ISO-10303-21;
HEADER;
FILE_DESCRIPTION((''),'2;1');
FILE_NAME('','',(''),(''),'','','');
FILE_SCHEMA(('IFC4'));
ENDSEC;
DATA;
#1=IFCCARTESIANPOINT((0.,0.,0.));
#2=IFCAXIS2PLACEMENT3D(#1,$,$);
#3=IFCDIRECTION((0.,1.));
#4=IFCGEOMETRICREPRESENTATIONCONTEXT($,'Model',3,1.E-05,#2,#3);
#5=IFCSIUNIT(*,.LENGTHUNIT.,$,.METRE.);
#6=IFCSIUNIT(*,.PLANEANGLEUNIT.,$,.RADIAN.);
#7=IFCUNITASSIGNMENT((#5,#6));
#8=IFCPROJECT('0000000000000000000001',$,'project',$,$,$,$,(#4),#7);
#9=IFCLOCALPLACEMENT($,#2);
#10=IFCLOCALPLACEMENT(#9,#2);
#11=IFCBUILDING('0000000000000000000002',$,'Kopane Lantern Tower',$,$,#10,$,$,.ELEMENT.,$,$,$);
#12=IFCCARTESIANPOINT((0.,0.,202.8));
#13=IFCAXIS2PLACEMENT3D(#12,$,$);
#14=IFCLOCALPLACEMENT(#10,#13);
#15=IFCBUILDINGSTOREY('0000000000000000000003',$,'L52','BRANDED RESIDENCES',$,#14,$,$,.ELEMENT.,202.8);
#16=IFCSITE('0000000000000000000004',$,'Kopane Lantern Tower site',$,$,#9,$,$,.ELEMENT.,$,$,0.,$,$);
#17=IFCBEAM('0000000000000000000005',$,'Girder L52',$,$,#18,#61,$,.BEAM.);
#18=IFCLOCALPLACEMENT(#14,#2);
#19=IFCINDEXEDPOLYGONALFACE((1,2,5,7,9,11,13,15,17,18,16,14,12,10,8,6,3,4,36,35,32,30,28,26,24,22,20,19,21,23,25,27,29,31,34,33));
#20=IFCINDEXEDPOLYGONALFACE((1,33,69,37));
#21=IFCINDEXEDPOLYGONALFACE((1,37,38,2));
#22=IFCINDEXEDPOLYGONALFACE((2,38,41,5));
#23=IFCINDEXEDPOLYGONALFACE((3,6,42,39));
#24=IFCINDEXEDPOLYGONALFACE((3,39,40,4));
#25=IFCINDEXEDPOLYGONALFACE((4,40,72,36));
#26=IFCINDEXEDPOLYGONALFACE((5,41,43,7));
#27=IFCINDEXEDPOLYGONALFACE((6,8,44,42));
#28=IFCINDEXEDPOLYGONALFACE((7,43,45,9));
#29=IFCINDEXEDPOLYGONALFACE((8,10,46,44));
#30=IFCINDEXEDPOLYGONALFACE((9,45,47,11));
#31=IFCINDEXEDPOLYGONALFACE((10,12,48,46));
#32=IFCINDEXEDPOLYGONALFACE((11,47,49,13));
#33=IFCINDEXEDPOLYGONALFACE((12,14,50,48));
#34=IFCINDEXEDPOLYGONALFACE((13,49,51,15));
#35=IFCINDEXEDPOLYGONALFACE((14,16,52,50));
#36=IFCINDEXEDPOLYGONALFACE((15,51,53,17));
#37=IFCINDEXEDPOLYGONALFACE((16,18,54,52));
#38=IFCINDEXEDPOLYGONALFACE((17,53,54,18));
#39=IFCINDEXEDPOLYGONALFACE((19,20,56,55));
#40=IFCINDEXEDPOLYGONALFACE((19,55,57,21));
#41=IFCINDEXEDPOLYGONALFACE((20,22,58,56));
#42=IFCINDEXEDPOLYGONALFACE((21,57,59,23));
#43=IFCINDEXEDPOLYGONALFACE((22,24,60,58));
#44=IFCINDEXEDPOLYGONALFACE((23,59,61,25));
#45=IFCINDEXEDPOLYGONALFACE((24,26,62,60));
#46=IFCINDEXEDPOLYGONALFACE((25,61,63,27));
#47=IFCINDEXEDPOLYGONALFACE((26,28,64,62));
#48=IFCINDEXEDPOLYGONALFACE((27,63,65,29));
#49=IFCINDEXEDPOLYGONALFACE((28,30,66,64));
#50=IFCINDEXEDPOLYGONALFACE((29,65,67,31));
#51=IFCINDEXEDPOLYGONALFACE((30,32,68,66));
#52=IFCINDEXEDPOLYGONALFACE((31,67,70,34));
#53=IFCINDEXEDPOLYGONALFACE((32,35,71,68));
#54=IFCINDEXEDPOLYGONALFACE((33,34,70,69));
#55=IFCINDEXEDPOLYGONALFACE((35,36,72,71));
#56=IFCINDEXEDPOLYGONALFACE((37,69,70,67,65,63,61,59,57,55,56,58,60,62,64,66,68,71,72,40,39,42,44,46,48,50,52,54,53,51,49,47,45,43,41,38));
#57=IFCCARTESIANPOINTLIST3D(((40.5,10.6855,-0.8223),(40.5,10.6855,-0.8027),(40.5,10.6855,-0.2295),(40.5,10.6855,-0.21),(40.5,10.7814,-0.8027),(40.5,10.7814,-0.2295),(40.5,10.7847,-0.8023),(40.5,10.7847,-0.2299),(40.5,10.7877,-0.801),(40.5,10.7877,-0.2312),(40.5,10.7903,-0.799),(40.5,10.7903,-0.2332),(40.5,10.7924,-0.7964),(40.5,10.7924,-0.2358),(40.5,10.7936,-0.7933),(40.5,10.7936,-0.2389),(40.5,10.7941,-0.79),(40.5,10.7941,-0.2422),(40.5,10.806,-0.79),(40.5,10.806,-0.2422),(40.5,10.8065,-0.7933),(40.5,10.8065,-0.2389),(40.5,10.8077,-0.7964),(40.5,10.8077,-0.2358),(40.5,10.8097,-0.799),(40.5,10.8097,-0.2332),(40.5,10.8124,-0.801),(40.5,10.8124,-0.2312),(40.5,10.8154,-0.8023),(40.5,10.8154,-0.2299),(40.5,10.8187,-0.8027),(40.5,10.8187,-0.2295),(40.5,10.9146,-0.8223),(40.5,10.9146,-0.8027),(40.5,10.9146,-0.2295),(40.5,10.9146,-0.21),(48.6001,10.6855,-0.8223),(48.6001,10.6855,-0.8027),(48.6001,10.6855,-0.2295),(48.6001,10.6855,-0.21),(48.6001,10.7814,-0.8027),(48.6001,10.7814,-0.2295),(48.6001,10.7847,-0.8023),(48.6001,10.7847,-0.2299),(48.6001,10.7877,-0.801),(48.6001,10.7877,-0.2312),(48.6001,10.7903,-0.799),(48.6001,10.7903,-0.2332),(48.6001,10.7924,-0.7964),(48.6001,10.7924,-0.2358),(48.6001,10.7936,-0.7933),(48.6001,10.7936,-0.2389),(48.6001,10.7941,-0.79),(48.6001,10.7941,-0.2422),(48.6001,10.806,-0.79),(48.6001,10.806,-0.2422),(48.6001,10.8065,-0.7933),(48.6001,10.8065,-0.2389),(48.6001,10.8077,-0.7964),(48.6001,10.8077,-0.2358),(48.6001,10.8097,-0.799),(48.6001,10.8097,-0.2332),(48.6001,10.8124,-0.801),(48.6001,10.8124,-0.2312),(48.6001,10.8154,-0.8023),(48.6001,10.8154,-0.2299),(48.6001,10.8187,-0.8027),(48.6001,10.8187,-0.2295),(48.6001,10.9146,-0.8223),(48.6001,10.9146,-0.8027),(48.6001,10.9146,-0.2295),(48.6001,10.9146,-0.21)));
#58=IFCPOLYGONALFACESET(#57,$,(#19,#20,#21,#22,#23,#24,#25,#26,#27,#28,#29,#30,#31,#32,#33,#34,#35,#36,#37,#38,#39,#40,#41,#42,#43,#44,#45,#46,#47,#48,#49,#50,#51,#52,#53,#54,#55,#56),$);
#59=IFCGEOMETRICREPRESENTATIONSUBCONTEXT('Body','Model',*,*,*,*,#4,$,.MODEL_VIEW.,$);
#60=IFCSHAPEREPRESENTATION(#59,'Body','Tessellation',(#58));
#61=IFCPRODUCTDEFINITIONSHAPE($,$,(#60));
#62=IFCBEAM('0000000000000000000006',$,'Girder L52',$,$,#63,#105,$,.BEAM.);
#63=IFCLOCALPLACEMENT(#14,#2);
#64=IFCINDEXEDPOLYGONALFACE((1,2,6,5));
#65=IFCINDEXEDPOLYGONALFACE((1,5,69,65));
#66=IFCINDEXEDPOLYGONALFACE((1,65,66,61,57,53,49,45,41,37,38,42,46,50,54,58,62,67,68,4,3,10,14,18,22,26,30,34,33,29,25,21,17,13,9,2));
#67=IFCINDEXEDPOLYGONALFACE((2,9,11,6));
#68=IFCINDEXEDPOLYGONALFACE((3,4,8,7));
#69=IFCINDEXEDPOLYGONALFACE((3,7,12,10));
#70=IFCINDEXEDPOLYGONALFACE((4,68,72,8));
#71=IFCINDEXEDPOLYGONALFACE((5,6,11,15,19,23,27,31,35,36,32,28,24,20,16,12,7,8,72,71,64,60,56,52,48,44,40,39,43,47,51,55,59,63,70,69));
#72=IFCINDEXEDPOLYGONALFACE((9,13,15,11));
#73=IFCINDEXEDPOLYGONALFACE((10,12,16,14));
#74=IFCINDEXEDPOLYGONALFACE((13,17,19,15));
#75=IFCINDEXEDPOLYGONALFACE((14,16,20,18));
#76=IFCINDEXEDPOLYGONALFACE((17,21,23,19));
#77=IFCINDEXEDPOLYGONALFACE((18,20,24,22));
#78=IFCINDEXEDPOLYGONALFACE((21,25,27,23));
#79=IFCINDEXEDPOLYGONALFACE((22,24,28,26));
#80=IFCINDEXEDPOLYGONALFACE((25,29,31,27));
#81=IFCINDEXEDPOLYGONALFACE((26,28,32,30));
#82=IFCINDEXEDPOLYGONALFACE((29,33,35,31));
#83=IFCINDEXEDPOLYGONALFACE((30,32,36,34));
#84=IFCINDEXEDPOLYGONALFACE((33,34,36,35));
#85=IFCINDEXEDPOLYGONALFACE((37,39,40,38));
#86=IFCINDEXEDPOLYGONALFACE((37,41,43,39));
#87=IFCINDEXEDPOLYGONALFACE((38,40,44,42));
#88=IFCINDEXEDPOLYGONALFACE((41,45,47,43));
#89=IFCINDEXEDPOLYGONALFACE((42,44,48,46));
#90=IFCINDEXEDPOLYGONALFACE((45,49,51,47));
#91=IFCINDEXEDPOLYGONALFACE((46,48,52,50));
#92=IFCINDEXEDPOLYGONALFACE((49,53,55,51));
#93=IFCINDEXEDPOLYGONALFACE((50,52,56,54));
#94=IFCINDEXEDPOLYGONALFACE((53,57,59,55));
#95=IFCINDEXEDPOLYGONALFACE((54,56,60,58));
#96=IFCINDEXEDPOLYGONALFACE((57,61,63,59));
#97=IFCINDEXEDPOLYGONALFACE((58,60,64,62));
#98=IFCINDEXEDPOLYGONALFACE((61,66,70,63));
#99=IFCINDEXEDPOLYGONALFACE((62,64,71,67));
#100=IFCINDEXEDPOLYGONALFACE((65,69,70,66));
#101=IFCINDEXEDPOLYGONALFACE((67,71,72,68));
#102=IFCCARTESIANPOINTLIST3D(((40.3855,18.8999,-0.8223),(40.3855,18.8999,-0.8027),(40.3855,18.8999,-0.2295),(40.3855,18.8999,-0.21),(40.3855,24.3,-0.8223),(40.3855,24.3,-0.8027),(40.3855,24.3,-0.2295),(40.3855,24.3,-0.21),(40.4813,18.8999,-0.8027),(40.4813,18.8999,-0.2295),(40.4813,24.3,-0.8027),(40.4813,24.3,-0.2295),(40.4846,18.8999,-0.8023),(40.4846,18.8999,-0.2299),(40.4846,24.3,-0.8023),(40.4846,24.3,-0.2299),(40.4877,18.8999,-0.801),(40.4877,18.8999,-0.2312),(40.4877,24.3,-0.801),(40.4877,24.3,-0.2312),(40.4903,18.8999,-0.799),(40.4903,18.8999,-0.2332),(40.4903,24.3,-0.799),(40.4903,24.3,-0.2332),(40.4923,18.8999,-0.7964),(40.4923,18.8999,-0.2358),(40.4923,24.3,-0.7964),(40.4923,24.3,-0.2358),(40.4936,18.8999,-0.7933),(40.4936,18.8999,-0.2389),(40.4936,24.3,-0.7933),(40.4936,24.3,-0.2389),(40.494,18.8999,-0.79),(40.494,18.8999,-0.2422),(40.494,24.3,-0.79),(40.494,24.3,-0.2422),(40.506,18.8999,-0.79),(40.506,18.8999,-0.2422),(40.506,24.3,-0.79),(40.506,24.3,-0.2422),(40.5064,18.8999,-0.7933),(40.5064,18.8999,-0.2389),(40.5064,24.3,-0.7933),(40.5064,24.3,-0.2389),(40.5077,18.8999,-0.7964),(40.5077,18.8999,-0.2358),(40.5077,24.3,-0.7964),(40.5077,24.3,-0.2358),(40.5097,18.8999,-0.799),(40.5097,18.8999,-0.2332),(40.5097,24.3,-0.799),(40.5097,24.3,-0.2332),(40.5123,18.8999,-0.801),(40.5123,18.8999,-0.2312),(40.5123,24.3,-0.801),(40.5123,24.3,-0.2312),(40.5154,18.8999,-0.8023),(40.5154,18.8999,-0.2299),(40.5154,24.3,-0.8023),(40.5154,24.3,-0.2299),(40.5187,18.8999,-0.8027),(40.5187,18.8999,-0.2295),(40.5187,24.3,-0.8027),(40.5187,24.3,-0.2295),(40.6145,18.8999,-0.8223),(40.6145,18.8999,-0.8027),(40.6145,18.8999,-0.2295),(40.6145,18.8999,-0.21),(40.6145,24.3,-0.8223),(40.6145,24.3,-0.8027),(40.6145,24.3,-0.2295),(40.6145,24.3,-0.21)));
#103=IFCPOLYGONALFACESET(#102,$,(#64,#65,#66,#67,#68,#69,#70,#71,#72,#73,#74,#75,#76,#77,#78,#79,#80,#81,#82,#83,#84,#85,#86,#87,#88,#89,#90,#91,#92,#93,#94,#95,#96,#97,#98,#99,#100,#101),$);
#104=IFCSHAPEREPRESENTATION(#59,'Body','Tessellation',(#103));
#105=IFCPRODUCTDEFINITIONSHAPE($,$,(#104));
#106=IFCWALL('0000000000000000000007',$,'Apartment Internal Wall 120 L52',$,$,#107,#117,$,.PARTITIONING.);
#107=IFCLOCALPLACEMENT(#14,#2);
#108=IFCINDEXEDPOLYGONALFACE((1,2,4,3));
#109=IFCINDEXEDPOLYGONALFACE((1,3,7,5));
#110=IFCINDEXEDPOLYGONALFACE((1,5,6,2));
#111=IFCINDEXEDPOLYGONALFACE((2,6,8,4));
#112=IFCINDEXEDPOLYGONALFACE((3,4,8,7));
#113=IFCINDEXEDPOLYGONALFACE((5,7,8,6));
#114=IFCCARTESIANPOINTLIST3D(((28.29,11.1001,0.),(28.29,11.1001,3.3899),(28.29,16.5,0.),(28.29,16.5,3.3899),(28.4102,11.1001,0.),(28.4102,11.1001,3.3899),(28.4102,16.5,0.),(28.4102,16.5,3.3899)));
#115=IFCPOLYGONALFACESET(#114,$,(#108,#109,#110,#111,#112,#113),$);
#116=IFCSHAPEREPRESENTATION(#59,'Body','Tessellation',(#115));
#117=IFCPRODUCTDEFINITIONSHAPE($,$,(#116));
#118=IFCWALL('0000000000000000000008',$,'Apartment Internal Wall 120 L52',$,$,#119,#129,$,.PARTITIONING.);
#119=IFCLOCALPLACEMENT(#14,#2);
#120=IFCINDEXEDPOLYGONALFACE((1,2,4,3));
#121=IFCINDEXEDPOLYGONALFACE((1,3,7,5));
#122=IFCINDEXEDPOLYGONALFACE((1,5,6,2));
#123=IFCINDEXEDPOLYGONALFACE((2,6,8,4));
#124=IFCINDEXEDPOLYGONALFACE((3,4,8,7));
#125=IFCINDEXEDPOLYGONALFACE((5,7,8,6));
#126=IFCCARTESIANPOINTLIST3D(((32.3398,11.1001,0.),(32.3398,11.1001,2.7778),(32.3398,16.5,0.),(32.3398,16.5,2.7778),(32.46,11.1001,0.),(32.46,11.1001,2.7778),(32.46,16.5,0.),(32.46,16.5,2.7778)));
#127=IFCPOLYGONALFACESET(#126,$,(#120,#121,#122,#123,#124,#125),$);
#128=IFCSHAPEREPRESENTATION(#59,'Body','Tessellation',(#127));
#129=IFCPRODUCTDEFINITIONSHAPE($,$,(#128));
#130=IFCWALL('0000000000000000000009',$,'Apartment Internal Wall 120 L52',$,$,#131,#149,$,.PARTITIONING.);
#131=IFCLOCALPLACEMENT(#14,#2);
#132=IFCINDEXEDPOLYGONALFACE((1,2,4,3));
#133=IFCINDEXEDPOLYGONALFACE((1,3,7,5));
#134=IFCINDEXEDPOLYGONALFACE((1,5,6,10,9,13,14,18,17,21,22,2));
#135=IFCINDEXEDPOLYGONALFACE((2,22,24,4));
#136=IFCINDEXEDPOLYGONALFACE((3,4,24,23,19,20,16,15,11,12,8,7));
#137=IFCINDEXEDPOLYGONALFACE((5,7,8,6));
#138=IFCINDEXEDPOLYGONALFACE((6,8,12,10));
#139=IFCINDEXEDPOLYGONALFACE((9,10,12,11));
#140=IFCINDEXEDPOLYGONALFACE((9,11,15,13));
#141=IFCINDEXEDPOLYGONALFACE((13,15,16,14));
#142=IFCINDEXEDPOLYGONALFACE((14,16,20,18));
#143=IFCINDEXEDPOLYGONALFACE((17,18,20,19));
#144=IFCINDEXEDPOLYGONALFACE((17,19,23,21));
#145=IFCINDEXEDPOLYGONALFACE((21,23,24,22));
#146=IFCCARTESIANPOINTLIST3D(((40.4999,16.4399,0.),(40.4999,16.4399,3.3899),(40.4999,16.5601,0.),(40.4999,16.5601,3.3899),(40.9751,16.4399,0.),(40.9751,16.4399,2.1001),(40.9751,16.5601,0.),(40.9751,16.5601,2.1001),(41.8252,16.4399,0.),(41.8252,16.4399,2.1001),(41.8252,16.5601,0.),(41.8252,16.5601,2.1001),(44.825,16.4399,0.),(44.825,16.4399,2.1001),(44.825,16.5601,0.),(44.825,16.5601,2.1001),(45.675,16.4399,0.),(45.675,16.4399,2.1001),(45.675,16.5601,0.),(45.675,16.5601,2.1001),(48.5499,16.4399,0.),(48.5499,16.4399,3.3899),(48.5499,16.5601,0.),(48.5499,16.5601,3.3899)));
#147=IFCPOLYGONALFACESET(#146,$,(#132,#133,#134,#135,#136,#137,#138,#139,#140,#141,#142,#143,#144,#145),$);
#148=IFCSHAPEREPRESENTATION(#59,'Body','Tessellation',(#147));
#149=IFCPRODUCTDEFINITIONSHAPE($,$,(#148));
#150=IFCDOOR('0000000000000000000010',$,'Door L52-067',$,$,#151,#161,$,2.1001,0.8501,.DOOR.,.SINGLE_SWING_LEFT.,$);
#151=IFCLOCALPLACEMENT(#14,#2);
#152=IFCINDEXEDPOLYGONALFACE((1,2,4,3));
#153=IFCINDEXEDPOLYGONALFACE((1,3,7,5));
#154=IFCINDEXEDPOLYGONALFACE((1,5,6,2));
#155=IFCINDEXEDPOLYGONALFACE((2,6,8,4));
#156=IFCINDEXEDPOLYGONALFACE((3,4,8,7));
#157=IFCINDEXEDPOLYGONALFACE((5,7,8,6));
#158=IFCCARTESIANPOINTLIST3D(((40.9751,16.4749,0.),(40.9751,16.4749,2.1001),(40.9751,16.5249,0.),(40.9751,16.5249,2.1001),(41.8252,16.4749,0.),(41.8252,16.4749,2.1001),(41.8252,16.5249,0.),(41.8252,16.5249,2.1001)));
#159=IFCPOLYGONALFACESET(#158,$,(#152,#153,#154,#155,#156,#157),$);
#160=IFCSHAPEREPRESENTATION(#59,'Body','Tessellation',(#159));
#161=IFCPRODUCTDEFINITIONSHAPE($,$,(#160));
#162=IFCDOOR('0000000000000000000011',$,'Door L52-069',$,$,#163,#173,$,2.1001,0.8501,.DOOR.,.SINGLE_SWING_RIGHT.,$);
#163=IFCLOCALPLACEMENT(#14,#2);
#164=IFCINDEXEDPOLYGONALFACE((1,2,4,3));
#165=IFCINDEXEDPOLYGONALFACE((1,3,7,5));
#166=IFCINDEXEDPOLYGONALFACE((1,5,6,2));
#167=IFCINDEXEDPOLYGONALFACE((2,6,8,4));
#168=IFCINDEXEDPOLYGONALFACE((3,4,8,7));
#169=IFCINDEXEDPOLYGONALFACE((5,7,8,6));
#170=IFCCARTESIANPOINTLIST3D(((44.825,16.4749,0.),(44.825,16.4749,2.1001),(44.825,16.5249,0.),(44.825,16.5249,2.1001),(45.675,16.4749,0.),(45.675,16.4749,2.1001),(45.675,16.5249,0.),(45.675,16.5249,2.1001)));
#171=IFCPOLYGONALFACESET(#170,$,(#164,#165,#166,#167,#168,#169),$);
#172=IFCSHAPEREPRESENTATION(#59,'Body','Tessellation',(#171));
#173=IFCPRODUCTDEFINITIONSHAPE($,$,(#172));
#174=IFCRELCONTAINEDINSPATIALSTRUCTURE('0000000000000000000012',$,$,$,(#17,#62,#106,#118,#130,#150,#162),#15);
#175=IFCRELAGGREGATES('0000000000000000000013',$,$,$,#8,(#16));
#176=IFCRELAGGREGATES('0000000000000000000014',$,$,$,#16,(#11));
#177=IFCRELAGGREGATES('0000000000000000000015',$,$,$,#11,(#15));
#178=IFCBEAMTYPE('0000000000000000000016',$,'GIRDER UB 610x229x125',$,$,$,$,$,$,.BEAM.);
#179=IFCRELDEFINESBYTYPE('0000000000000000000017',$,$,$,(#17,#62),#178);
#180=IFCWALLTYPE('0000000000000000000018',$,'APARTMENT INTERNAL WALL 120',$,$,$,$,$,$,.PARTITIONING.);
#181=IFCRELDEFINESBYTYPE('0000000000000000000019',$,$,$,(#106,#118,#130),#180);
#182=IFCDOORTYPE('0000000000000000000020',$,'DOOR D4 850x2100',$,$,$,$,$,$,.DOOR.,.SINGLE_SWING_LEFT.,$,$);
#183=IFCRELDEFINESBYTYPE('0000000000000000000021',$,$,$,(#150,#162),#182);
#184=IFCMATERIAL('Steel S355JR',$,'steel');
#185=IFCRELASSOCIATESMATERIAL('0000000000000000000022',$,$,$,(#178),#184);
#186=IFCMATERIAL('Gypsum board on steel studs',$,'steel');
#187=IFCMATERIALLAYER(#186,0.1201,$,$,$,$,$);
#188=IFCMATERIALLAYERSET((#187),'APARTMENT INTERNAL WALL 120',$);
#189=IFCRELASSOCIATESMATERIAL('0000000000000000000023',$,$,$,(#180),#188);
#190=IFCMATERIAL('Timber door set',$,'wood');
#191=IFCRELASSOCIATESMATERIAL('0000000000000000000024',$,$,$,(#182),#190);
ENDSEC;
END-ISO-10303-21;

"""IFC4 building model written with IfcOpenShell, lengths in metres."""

from ifc_helpers import new_model, si_unit, direction, frame, frame_2d, origin, origin_2d, place, context, subcontext, project, spatial, rectangle, i_section, extrude, material, layer, layer_set, material_profile, profile_set, type_object, element, fill, save


model = new_model("IFC4")

# Units and contexts
model_context = context("Model", 3, precision=1e-05, world=origin(), true_north=direction((0.0, 1.0)))
body_context = subcontext(model_context, "Body", "Model", "MODEL_VIEW")
ifc_project = project(units=[si_unit("LENGTHUNIT", "METRE"), si_unit("PLANEANGLEUNIT", "RADIAN")], contexts=[model_context])

# Site, building, storey
site_placement = place(None, origin())
site = spatial("IfcSite", under=ifc_project, at=site_placement, Name="Kopane Lantern Tower site", CompositionType="ELEMENT", RefElevation=0.0)
building_placement = place(site_placement, origin())
building = spatial("IfcBuilding", under=site, at=building_placement, Name="Kopane Lantern Tower", CompositionType="ELEMENT")
storey_placement = place(building_placement, frame((0.0, 0.0, 202.8)))
storey = spatial("IfcBuildingStorey", under=building, at=storey_placement, Name="L52", Description="BRANDED RESIDENCES", CompositionType="ELEMENT", Elevation=202.8)

# Beams
ifc_material_1 = material(Name="Steel S355JR", Category="steel")
ifc_material_profile_1 = material_profile(ifc_material_1, i_section(OverallWidth=0.229, OverallDepth=0.6123, WebThickness=0.012, FlangeThickness=0.0195, FilletRadius=0.0127, at=origin_2d()), Name="UB 610x229x125")
ifc_profile_set_1 = profile_set([ifc_material_profile_1], Name="Steel S355JR")
beam_type = type_object("IfcBeamType", Name="GIRDER UB 610x229x125", PredefinedType="BEAM", material=ifc_profile_set_1)
beam_1_placement = place(storey_placement, frame((40.5, 10.8, -0.5161), z_axis=(1.0, 0.0, 0.0), x_axis=(0.0, 1.0, 0.0)))
element("IfcBeam", 1, at=beam_1_placement, inside=storey, type_object=beam_type, Name="Girder L52", PredefinedType="BEAM", context=body_context, shape_type="SweptSolid", body=[
    extrude(i_section(OverallWidth=0.229, OverallDepth=0.6123, WebThickness=0.012, FlangeThickness=0.0195, FilletRadius=0.0127, at=origin_2d()), origin(), (0.0, 0.0, 1.0), 8.1001),
])
beam_2_placement = place(storey_placement, frame((40.5, 18.8999, -0.5161), z_axis=(0.0, 1.0, 0.0), x_axis=(-1.0, 0.0, 0.0)))
element("IfcBeam", 2, at=beam_2_placement, inside=storey, type_object=beam_type, Name="Girder L52", PredefinedType="BEAM", context=body_context, shape_type="SweptSolid", body=[
    extrude(i_section(OverallWidth=0.229, OverallDepth=0.6123, WebThickness=0.012, FlangeThickness=0.0195, FilletRadius=0.0127, at=origin_2d()), origin(), (0.0, 0.0, 1.0), 5.4001),
])

# Walls
ifc_material_2 = material(Name="Gypsum board on steel studs", Category="steel")
ifc_layer_1 = layer(ifc_material_2, 0.1201)
ifc_layer_set_1 = layer_set([ifc_layer_1], Name="APARTMENT INTERNAL WALL 120")
wall_type_1 = type_object("IfcWallType", Name="APARTMENT INTERNAL WALL 120", PredefinedType="PARTITIONING", material=ifc_layer_set_1)
wall_1_placement = place(storey_placement, frame((28.3501, 16.5, 0.0), z_axis=(0.0, 0.0, 1.0), x_axis=(0.0, -1.0, 0.0)))
element("IfcWall", 3, at=wall_1_placement, inside=storey, type_object=wall_type_1, Name="Apartment Internal Wall 120 L52", PredefinedType="PARTITIONING", context=body_context, shape_type="SweptSolid", body=[
    extrude(rectangle(XDim=5.3999, YDim=0.1201, at=frame_2d((2.7, 0.0))), origin(), (0.0, 0.0, 1.0), 3.3899),
])
wall_2_placement = place(storey_placement, frame((32.3999, 16.5, 0.0), z_axis=(0.0, 0.0, 1.0), x_axis=(0.0, -1.0, 0.0)))
element("IfcWall", 4, at=wall_2_placement, inside=storey, type_object=wall_type_1, Name="Apartment Internal Wall 120 L52", PredefinedType="PARTITIONING", context=body_context, shape_type="SweptSolid", body=[
    extrude(rectangle(XDim=5.3999, YDim=0.1201, at=frame_2d((2.7, 0.0))), origin(), (0.0, 0.0, 1.0), 2.7778),
])

# Wall, openings, doors
wall_3_placement = place(storey_placement, frame((40.5, 16.5, 0.0), z_axis=(0.0, 0.0, 1.0), x_axis=(1.0, 0.0, 0.0)))
wall_3 = element("IfcWall", 5, at=wall_3_placement, inside=storey, type_object=wall_type_1, Name="Apartment Internal Wall 120 L52", PredefinedType="PARTITIONING", context=body_context, shape_type="SweptSolid", body=[
    extrude(rectangle(XDim=8.05, YDim=0.1201, at=frame_2d((4.0249, 0.0))), origin(), (0.0, 0.0, 1.0), 3.3899),
])
opening_1_placement = place(wall_3_placement, frame((0.4751, 0.0, 0.0)))
opening_1 = element("IfcOpeningElement", 6, at=opening_1_placement, cuts=wall_3, PredefinedType="OPENING", context=body_context, shape_type="SweptSolid", body=[
    extrude(rectangle(XDim=0.8501, YDim=2.1001, at=frame_2d((0.425, 1.05))), frame((0.0, 0.0701, 0.0), z_axis=(0.0, -1.0, 0.0), x_axis=(1.0, 0.0, 0.0)), (0.0, 0.0, 1.0), 0.1401),
])
opening_2_placement = place(wall_3_placement, frame((4.325, 0.0, 0.0)))
opening_2 = element("IfcOpeningElement", 7, at=opening_2_placement, cuts=wall_3, PredefinedType="OPENING", context=body_context, shape_type="SweptSolid", body=[
    extrude(rectangle(XDim=0.8501, YDim=2.1001, at=frame_2d((0.425, 1.05))), frame((0.0, 0.0701, 0.0), z_axis=(0.0, -1.0, 0.0), x_axis=(1.0, 0.0, 0.0)), (0.0, 0.0, 1.0), 0.1401),
])
ifc_material_3 = material(Name="Timber door set", Category="wood")
door_type_1 = type_object("IfcDoorType", Name="DOOR D4 850x2100", OperationType="SINGLE_SWING_LEFT", PredefinedType="DOOR", material=ifc_material_3)
door_1_placement = place(opening_1_placement, origin())
door_1 = element("IfcDoor", 8, at=door_1_placement, inside=storey, type_object=door_type_1, Name="Door L52-067", OperationType="SINGLE_SWING_LEFT", OverallHeight=2.1001, OverallWidth=0.8501, PredefinedType="DOOR", context=body_context, shape_type="SweptSolid", body=[
    extrude(rectangle(XDim=0.8501, YDim=2.1001, at=frame_2d((0.425, 1.05))), frame((0.0, 0.0249, 0.0), z_axis=(0.0, -1.0, 0.0), x_axis=(1.0, 0.0, 0.0)), (0.0, 0.0, 1.0), 0.05),
])
fill(opening_1, door_1)
door_2_placement = place(opening_2_placement, origin())
door_2 = element("IfcDoor", 9, at=door_2_placement, inside=storey, type_object=door_type_1, Name="Door L52-069", OperationType="SINGLE_SWING_RIGHT", OverallHeight=2.1001, OverallWidth=0.8501, PredefinedType="DOOR", context=body_context, shape_type="SweptSolid", body=[
    extrude(rectangle(XDim=0.8501, YDim=2.1001, at=frame_2d((0.425, 1.05))), frame((0.0, 0.0249, 0.0), z_axis=(0.0, -1.0, 0.0), x_axis=(1.0, 0.0, 0.0)), (0.0, 0.0, 1.0), 0.05),
])
fill(opening_2, door_2)

save(model, "model.ifc")
